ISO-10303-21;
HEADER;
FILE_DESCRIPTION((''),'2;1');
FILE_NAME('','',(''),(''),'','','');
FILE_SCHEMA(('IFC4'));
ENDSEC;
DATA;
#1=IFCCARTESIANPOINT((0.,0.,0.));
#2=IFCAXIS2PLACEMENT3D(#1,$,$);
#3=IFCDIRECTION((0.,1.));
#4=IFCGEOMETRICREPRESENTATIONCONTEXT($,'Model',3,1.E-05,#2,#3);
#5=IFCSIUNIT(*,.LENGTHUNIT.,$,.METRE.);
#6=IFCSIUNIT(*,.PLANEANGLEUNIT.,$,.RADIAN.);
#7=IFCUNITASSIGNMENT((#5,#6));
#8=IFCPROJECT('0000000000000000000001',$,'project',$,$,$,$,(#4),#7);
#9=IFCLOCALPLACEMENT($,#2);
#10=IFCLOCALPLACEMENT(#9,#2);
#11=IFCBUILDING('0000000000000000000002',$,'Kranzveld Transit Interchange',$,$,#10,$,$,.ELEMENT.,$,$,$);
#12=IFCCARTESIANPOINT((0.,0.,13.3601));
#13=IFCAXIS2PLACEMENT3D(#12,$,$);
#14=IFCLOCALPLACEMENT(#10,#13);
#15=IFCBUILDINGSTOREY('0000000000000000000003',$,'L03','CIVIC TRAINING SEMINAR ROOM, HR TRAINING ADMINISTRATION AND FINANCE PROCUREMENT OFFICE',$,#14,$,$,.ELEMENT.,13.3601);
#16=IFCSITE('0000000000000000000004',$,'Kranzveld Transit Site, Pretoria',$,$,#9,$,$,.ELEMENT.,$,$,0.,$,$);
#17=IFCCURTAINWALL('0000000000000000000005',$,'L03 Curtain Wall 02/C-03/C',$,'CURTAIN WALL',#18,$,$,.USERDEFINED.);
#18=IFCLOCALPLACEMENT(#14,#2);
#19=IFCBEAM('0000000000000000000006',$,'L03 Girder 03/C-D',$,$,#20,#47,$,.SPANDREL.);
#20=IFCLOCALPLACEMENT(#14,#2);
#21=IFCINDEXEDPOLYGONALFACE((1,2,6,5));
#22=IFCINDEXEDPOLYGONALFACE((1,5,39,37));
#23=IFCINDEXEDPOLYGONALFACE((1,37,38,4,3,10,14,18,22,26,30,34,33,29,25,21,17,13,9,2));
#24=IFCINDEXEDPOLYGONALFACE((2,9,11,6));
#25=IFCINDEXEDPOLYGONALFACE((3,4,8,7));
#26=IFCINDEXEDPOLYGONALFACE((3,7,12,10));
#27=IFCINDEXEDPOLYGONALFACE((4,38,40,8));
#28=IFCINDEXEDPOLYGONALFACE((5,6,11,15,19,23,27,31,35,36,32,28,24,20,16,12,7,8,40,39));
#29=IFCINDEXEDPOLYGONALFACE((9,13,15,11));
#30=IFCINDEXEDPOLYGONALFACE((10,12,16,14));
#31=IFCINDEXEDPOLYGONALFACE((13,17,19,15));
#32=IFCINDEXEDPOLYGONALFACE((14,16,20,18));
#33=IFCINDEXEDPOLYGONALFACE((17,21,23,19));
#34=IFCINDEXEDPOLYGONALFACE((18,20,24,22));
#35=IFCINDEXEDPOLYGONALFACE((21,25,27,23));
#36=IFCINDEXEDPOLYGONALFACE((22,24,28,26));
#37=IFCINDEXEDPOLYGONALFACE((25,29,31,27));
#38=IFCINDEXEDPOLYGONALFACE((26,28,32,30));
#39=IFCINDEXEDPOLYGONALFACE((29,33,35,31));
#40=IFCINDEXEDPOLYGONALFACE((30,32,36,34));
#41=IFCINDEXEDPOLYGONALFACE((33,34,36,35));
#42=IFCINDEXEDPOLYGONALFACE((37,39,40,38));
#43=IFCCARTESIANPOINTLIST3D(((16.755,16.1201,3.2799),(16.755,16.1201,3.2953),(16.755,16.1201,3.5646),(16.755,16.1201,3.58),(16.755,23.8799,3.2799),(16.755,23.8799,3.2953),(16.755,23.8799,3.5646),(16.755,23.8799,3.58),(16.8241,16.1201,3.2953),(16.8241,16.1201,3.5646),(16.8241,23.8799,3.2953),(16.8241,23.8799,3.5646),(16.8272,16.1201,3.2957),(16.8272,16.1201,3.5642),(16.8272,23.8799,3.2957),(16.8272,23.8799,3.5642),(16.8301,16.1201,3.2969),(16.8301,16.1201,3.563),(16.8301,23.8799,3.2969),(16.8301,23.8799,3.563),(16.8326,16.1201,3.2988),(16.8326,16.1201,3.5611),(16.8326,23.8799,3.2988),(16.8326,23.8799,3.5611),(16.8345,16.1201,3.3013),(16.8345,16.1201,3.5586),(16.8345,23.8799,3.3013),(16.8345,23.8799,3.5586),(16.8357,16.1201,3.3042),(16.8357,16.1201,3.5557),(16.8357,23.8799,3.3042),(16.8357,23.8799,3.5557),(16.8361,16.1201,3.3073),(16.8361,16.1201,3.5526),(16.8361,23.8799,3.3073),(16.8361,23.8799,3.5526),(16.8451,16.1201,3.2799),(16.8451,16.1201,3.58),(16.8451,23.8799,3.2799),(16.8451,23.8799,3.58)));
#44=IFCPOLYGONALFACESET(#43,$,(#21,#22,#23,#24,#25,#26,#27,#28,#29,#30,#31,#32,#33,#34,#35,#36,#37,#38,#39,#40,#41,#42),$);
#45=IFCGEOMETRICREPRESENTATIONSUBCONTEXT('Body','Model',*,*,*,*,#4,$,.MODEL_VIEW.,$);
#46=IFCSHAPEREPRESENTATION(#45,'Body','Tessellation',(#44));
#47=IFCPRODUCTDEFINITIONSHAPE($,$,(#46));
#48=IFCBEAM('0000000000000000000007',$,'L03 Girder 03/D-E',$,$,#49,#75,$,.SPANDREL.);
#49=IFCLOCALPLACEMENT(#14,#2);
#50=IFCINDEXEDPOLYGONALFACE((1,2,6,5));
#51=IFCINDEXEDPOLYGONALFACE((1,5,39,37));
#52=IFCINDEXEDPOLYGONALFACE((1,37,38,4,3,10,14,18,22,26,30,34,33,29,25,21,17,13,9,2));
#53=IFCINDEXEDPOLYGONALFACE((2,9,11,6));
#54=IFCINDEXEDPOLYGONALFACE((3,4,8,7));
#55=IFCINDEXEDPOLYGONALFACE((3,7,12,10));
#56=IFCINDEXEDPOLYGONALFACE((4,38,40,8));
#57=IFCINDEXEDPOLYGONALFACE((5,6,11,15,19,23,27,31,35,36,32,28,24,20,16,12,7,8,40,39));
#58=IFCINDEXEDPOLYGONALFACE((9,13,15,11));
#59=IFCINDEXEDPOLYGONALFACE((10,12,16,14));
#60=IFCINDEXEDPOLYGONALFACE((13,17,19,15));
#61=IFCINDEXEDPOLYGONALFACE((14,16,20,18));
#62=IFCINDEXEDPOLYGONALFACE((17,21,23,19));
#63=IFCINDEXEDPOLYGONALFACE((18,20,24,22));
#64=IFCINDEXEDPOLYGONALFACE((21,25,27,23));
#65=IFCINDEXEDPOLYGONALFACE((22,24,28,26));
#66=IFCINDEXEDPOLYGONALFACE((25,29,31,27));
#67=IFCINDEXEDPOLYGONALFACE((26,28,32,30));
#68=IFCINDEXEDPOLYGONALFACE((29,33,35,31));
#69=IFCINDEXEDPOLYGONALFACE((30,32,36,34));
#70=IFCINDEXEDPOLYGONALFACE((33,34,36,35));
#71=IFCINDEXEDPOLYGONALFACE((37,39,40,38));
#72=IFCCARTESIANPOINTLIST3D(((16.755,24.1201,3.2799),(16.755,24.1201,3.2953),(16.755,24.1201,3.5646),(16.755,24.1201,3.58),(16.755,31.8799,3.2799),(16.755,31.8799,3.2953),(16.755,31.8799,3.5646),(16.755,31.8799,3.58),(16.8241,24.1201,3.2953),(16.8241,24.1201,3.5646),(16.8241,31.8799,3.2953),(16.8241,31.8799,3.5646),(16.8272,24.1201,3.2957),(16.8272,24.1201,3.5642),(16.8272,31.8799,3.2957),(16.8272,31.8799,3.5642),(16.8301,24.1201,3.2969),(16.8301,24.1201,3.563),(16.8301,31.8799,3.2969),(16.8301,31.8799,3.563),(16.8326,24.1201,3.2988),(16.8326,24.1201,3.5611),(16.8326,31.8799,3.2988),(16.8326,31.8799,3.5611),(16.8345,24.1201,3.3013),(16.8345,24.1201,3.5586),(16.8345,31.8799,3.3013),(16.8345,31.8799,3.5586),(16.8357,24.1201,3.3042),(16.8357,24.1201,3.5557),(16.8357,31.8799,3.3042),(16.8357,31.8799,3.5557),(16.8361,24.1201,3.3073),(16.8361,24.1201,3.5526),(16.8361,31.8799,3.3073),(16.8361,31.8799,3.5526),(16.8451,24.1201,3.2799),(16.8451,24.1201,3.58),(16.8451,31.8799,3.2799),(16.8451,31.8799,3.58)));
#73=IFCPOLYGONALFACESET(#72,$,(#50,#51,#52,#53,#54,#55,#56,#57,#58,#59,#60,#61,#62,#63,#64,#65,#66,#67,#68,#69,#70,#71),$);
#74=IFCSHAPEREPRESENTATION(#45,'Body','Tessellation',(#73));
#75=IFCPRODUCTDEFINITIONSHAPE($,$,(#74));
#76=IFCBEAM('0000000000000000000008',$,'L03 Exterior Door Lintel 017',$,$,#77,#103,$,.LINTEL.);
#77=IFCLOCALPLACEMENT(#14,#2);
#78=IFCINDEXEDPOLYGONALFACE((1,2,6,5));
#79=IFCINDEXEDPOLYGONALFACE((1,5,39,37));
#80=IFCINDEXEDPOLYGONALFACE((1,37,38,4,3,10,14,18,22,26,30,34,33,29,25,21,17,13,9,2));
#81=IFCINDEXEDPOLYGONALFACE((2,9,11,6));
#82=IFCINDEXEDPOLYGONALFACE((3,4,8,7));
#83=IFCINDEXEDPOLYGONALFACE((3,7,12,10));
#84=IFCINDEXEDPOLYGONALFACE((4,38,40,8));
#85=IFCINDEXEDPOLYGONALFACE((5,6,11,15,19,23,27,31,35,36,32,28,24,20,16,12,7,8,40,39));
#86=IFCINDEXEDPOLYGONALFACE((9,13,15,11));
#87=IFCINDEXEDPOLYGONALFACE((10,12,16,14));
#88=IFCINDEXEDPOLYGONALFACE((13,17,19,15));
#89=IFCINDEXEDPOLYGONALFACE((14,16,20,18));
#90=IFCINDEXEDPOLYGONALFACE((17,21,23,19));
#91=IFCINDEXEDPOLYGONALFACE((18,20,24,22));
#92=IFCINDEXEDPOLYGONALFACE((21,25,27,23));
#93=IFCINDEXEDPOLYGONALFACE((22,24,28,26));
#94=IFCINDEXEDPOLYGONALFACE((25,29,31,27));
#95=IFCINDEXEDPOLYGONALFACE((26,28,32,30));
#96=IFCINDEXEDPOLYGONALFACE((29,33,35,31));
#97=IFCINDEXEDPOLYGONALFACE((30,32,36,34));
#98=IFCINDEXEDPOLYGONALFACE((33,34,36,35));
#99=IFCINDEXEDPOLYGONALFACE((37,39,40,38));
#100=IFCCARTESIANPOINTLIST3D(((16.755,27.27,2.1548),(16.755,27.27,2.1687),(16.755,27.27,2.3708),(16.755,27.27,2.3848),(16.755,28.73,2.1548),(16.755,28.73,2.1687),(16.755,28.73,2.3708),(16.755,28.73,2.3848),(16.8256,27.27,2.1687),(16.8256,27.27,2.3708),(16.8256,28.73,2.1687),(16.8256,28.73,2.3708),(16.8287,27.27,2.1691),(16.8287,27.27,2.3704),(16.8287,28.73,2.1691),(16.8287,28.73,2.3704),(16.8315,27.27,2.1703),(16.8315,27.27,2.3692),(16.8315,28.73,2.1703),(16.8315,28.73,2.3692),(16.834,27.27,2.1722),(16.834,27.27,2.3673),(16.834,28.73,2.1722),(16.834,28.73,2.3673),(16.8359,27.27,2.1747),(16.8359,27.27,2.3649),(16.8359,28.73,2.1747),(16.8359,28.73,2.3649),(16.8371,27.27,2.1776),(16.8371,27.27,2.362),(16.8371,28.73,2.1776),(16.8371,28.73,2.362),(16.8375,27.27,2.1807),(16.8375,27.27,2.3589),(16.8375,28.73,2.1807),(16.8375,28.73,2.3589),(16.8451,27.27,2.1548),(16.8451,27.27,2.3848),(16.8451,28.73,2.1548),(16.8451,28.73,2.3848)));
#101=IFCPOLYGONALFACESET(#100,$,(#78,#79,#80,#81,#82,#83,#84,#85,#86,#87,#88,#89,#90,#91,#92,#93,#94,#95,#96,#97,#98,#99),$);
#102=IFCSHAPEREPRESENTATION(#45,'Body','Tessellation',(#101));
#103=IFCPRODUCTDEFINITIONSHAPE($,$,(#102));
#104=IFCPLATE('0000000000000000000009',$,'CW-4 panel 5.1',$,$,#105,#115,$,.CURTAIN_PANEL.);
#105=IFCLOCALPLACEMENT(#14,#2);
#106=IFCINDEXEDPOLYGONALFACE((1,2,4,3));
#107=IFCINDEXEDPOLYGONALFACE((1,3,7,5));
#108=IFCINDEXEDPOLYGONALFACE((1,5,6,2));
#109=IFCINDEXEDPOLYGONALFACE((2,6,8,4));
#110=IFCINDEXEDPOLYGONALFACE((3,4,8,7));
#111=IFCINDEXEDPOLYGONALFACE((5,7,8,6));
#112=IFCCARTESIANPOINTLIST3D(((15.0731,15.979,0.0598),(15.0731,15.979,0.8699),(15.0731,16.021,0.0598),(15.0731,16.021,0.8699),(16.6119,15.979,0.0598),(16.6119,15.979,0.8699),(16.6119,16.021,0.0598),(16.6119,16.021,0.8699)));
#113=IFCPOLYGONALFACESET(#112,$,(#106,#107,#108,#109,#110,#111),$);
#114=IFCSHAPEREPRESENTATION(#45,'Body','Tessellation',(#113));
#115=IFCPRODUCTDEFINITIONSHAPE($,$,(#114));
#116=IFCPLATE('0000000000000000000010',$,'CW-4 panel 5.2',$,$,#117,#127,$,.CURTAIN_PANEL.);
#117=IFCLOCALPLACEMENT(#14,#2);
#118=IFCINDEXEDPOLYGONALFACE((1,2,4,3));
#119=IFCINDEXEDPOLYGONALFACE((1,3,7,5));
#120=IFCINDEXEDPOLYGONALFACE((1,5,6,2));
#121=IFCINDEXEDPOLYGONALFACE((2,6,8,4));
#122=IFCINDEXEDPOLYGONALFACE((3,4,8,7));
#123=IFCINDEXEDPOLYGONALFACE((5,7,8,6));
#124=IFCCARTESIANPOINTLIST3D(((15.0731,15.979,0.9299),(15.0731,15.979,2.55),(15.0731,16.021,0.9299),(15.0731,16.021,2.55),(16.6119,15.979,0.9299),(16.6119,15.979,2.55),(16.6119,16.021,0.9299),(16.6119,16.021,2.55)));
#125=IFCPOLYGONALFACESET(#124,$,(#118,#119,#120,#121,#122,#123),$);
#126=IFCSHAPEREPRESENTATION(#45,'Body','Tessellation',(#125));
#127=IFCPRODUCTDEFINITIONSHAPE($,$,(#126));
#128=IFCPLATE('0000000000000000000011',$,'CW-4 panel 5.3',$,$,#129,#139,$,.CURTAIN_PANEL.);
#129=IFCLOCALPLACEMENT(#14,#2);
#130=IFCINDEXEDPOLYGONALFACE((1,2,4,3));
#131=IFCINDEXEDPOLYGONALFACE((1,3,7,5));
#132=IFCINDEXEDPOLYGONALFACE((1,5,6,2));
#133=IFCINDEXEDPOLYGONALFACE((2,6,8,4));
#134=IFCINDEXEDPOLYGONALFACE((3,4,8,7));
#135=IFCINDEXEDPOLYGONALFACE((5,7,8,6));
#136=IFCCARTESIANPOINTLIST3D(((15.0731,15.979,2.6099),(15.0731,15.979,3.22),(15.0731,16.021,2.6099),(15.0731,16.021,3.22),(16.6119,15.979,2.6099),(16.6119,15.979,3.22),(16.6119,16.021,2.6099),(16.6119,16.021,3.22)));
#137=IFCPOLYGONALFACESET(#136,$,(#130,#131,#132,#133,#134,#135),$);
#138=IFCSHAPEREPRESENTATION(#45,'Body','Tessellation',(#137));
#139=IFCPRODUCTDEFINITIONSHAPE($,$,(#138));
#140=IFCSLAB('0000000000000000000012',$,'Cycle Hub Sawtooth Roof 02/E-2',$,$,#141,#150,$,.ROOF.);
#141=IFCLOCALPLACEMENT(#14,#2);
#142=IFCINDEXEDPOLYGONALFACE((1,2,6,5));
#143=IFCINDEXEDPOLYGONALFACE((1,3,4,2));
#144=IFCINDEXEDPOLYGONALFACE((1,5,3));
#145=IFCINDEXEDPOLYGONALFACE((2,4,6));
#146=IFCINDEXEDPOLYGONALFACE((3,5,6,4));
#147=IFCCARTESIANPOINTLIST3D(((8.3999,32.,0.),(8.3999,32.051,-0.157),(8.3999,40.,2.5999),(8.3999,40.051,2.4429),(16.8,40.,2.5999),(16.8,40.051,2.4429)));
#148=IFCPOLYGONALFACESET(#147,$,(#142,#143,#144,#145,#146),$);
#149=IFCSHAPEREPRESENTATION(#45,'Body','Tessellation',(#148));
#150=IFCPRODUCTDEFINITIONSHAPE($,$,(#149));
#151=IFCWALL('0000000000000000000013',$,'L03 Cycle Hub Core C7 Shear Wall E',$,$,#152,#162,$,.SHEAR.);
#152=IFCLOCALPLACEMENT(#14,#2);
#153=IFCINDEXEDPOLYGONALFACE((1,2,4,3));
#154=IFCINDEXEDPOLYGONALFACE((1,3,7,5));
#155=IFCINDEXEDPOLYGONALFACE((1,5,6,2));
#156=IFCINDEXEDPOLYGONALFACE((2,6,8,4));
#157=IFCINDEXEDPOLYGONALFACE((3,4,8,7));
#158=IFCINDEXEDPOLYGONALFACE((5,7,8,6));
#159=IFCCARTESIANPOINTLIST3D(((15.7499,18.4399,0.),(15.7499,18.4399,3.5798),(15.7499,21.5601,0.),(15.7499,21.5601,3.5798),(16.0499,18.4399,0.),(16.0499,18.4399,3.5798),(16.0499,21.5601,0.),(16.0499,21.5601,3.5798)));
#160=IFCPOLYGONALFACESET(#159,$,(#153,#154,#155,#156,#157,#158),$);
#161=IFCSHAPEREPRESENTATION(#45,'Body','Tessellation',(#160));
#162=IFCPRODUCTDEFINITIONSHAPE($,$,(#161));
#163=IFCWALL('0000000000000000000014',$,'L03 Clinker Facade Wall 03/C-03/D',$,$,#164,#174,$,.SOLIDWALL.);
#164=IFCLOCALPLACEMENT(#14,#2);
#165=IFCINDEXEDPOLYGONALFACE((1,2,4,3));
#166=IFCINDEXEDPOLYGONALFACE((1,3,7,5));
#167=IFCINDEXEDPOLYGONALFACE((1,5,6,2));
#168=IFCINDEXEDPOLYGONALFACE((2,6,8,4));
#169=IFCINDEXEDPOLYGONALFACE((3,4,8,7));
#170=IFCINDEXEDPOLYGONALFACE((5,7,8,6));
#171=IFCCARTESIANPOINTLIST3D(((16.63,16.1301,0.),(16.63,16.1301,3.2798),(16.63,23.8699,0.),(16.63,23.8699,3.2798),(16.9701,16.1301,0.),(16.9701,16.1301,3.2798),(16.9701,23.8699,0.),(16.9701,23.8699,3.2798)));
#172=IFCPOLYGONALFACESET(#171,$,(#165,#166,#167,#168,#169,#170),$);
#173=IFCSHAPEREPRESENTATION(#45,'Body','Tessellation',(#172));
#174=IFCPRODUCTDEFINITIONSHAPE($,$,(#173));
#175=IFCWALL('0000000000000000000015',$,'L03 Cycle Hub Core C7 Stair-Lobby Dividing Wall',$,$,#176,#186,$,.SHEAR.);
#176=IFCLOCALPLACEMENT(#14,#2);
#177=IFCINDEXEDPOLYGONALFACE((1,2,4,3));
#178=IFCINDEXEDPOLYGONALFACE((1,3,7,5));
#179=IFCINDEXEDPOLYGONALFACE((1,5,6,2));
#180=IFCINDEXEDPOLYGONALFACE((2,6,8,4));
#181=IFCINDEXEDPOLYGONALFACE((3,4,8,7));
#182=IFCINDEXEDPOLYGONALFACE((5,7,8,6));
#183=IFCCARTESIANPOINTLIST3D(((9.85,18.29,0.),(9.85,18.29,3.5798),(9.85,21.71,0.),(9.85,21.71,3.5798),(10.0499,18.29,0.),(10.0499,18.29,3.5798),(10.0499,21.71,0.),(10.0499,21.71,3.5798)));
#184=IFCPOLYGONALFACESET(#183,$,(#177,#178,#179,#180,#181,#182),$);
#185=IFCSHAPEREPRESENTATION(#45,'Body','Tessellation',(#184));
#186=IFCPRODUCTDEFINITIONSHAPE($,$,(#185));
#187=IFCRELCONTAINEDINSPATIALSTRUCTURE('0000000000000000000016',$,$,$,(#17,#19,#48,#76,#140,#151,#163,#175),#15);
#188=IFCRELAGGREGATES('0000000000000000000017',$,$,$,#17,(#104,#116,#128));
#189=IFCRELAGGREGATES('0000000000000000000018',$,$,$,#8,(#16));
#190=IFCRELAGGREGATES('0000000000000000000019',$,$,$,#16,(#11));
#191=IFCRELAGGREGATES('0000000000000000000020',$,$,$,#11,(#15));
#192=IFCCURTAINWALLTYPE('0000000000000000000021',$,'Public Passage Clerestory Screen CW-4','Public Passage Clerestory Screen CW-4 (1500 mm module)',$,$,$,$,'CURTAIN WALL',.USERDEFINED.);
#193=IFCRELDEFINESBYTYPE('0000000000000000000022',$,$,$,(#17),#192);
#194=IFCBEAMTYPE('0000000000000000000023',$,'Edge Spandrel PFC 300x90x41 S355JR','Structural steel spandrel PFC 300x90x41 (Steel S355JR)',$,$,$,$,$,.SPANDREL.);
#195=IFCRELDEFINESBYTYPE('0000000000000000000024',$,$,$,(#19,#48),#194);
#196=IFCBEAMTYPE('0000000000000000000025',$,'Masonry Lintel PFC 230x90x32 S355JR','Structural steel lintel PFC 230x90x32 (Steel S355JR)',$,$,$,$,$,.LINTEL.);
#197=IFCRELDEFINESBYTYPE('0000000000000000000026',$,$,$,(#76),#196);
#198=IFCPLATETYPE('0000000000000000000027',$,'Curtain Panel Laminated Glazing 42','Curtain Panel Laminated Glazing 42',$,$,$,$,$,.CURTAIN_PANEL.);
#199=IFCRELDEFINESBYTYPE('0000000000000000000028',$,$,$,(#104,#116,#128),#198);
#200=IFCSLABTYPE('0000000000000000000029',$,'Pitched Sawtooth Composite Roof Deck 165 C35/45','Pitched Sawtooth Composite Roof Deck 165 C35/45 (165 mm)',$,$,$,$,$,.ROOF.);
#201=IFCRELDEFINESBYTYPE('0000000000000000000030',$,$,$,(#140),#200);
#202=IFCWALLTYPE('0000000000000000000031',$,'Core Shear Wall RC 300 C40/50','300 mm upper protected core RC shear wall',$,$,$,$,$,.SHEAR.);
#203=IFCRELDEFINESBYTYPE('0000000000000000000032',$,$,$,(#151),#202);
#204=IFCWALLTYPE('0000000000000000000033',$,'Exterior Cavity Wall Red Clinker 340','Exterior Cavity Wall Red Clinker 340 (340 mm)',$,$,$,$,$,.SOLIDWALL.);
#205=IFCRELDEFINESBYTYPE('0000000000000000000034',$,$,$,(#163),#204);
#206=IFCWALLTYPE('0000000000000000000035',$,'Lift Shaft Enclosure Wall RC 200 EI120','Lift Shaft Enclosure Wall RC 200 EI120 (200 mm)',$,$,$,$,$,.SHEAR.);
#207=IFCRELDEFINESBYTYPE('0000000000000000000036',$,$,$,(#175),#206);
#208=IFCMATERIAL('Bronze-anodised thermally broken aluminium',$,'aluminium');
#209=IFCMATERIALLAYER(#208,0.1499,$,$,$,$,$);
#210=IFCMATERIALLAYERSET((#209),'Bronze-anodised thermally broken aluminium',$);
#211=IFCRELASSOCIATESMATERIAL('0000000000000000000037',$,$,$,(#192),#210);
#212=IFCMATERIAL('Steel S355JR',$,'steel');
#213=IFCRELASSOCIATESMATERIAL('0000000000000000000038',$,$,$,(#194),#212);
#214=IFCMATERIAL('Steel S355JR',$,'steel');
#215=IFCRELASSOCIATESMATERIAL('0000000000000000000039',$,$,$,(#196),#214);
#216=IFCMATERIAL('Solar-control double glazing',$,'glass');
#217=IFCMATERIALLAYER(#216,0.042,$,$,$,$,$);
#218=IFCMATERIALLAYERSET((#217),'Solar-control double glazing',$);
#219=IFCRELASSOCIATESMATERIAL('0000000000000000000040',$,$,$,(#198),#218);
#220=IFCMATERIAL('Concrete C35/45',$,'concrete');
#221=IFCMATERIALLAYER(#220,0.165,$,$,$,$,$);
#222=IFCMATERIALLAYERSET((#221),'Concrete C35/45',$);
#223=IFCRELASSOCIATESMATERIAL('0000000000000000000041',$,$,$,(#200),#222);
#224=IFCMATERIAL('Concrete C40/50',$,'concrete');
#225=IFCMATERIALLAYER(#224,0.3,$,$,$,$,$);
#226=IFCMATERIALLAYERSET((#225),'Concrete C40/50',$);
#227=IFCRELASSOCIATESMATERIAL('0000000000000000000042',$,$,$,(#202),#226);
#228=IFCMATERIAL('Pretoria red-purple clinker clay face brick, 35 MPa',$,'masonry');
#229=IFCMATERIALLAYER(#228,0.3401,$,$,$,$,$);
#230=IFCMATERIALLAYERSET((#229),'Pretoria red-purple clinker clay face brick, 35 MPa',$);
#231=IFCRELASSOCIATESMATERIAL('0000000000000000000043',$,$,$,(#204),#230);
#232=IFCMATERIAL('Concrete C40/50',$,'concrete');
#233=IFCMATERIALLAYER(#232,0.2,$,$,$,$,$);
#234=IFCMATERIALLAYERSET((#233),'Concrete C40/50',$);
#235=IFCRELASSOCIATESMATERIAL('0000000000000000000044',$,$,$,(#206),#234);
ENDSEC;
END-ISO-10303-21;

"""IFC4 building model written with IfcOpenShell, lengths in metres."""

from ifc_helpers import new_model, si_unit, direction, frame, frame_2d, origin, origin_2d, place, context, subcontext, project, spatial, polyline, rectangle, u_section, outline, extrude, material, layer, layer_set, material_profile, profile_set, type_object, element, aggregate, save


model = new_model("IFC4")

# Units and contexts
model_context = context("Model", 3, precision=1e-05, world=origin(), true_north=direction((0.0, 1.0)))
body_context = subcontext(model_context, "Body", "Model", "MODEL_VIEW")
ifc_project = project(units=[si_unit("LENGTHUNIT", "METRE"), si_unit("PLANEANGLEUNIT", "RADIAN")], contexts=[model_context])

# Site, building, storey
site_placement = place(None, origin())
site = spatial("IfcSite", under=ifc_project, at=site_placement, Name="Kranzveld Transit Site, Pretoria", CompositionType="ELEMENT", RefElevation=0.0)
building_placement = place(site_placement, origin())
building = spatial("IfcBuilding", under=site, at=building_placement, Name="Kranzveld Transit Interchange", CompositionType="ELEMENT")
storey_placement = place(building_placement, frame((0.0, 0.0, 13.3601)))
storey = spatial("IfcBuildingStorey", under=building, at=storey_placement, Name="L03", Description="CIVIC TRAINING SEMINAR ROOM, HR TRAINING ADMINISTRATION AND FINANCE PROCUREMENT OFFICE", CompositionType="ELEMENT", Elevation=13.3601)

# Curtain wall
ifc_material_1 = material(Name="Bronze-anodised thermally broken aluminium", Category="aluminium")
ifc_layer_1 = layer(ifc_material_1, 0.1499)
ifc_layer_set_1 = layer_set([ifc_layer_1], Name="Bronze-anodised thermally broken aluminium")
curtain_wall_type_1 = type_object("IfcCurtainWallType", Name="Public Passage Clerestory Screen CW-4", Description="Public Passage Clerestory Screen CW-4 (1500 mm module)", ElementType="CURTAIN WALL", PredefinedType="USERDEFINED", material=ifc_layer_set_1)
curtain_wall_1_placement = place(storey_placement, origin())
curtain_wall_1 = element("IfcCurtainWall", 1, at=curtain_wall_1_placement, inside=storey, type_object=curtain_wall_type_1, Name="L03 Curtain Wall 02/C-03/C", ObjectType="CURTAIN WALL", PredefinedType="USERDEFINED")

# Beams
ifc_material_2 = material(Name="Steel S355JR", Category="steel")
ifc_material_profile_1 = material_profile(ifc_material_2, u_section(Depth=0.3, FlangeWidth=0.0901, WebThickness=0.009, FlangeThickness=0.0154, FilletRadius=0.012, at=origin_2d()), Name="PFC 300x90x41")
ifc_profile_set_1 = profile_set([ifc_material_profile_1], Name="Steel S355JR")
beam_type_1 = type_object("IfcBeamType", Name="Edge Spandrel PFC 300x90x41 S355JR", Description="Structural steel spandrel PFC 300x90x41 (Steel S355JR)", PredefinedType="SPANDREL", material=ifc_profile_set_1)
for number, where, z_axis, x_axis, name in (
    (2, (16.8, 16.1201, 3.4299), (0.0, 1.0, 0.0), (-1.0, 0.0, 0.0), "L03 Girder 03/C-D"),
    (3, (16.8, 24.1201, 3.4299), (0.0, 1.0, 0.0), (-1.0, 0.0, 0.0), "L03 Girder 03/D-E"),
):
    element("IfcBeam", number, at=place(storey_placement, frame(where, z_axis=z_axis, x_axis=x_axis)), inside=storey, type_object=beam_type_1, Name=name, PredefinedType="SPANDREL", context=body_context, shape_type="SweptSolid", body=[
        extrude(u_section(Depth=0.3, FlangeWidth=0.0901, WebThickness=0.009, FlangeThickness=0.0154, FilletRadius=0.012, at=origin_2d()), origin(), (0.0, 0.0, 1.0), 7.7598),
    ])
ifc_material_3 = material(Name="Steel S355JR", Category="steel")
ifc_material_profile_2 = material_profile(ifc_material_3, u_section(Depth=0.23, FlangeWidth=0.0901, WebThickness=0.0076, FlangeThickness=0.0139, FilletRadius=0.012, at=origin_2d()), Name="PFC 230x90x32")
ifc_profile_set_2 = profile_set([ifc_material_profile_2], Name="Steel S355JR")
beam_type_2 = type_object("IfcBeamType", Name="Masonry Lintel PFC 230x90x32 S355JR", Description="Structural steel lintel PFC 230x90x32 (Steel S355JR)", PredefinedType="LINTEL", material=ifc_profile_set_2)
beam_1_placement = place(storey_placement, frame((16.8, 27.27, 2.2698), z_axis=(0.0, 1.0, 0.0), x_axis=(-1.0, 0.0, 0.0)))
element("IfcBeam", 4, at=beam_1_placement, inside=storey, type_object=beam_type_2, Name="L03 Exterior Door Lintel 017", PredefinedType="LINTEL", context=body_context, shape_type="SweptSolid", body=[
    extrude(u_section(Depth=0.23, FlangeWidth=0.0901, WebThickness=0.0076, FlangeThickness=0.0139, FilletRadius=0.012, at=origin_2d()), origin(), (0.0, 0.0, 1.0), 1.46),
])

# Plates
ifc_material_4 = material(Name="Solar-control double glazing", Category="glass")
ifc_layer_2 = layer(ifc_material_4, 0.042)
ifc_layer_set_2 = layer_set([ifc_layer_2], Name="Solar-control double glazing")
plate_type = type_object("IfcPlateType", Name="Curtain Panel Laminated Glazing 42", Description="Curtain Panel Laminated Glazing 42", PredefinedType="CURTAIN_PANEL", material=ifc_layer_set_2)
plate_1_placement = place(storey_placement, frame((15.8425, 16.0, 0.0598), z_axis=(0.0, 0.0, 1.0), x_axis=(1.0, 0.0, 0.0)))
plate_1 = element("IfcPlate", 5, at=plate_1_placement, type_object=plate_type, Name="CW-4 panel 5.1", PredefinedType="CURTAIN_PANEL", context=body_context, shape_type="SweptSolid", body=[
    extrude(rectangle(XDim=1.5388, YDim=0.042, at=origin_2d()), origin(), (0.0, 0.0, 1.0), 0.8101),
])
plate_2_placement = place(storey_placement, frame((15.8425, 16.0, 0.9299), z_axis=(0.0, 0.0, 1.0), x_axis=(1.0, 0.0, 0.0)))
plate_2 = element("IfcPlate", 6, at=plate_2_placement, type_object=plate_type, Name="CW-4 panel 5.2", PredefinedType="CURTAIN_PANEL", context=body_context, shape_type="SweptSolid", body=[
    extrude(rectangle(XDim=1.5388, YDim=0.042, at=origin_2d()), origin(), (0.0, 0.0, 1.0), 1.6201),
])
plate_3_placement = place(storey_placement, frame((15.8425, 16.0, 2.6099), z_axis=(0.0, 0.0, 1.0), x_axis=(1.0, 0.0, 0.0)))
plate_3 = element("IfcPlate", 7, at=plate_3_placement, type_object=plate_type, Name="CW-4 panel 5.3", PredefinedType="CURTAIN_PANEL", context=body_context, shape_type="SweptSolid", body=[
    extrude(rectangle(XDim=1.5388, YDim=0.042, at=origin_2d()), origin(), (0.0, 0.0, 1.0), 0.6101),
])
aggregate(curtain_wall_1, [plate_1, plate_2, plate_3])

# Slab
ifc_material_5 = material(Name="Concrete C35/45", Category="concrete")
ifc_layer_3 = layer(ifc_material_5, 0.165)
ifc_layer_set_3 = layer_set([ifc_layer_3], Name="Concrete C35/45")
slab_type = type_object("IfcSlabType", Name="Pitched Sawtooth Composite Roof Deck 165 C35/45", Description="Pitched Sawtooth Composite Roof Deck 165 C35/45 (165 mm)", PredefinedType="ROOF", material=ifc_layer_set_3)
slab_placement = place(storey_placement, frame((8.3999, 32.0, 0.0), z_axis=(0.0, -0.30907, 0.951039), x_axis=(0.706614, 0.672954, 0.218698)))
element("IfcSlab", 8, at=slab_placement, inside=storey, type_object=slab_type, Name="Cycle Hub Sawtooth Roof 02/E-2", PredefinedType="ROOF", context=body_context, shape_type="SweptSolid", body=[
    extrude(outline(polyline([(0.0, 0.0), (11.8879, 0.0), (5.9522, 5.9439), (0.0, 0.0)])), origin(), (0.0, 0.0, -1.0), 0.165),
])

# Walls
ifc_material_6 = material(Name="Concrete C40/50", Category="concrete")
ifc_layer_4 = layer(ifc_material_6, 0.3)
ifc_layer_set_4 = layer_set([ifc_layer_4], Name="Concrete C40/50")
wall_type_1 = type_object("IfcWallType", Name="Core Shear Wall RC 300 C40/50", Description="300 mm upper protected core RC shear wall", PredefinedType="SHEAR", material=ifc_layer_set_4)
wall_1_placement = place(storey_placement, frame((15.8999, 18.4399, 0.0), z_axis=(0.0, 0.0, 1.0), x_axis=(0.0, 1.0, 0.0)))
element("IfcWall", 9, at=wall_1_placement, inside=storey, type_object=wall_type_1, Name="L03 Cycle Hub Core C7 Shear Wall E", PredefinedType="SHEAR", context=body_context, shape_type="SweptSolid", body=[
    extrude(rectangle(XDim=3.1201, YDim=0.3, at=frame_2d((1.5601, 0.0))), origin(), (0.0, 0.0, 1.0), 3.5798),
])
ifc_material_7 = material(Name="Pretoria red-purple clinker clay face brick, 35 MPa", Category="masonry")
ifc_layer_5 = layer(ifc_material_7, 0.3401)
ifc_layer_set_5 = layer_set([ifc_layer_5], Name="Pretoria red-purple clinker clay face brick, 35 MPa")
wall_type_2 = type_object("IfcWallType", Name="Exterior Cavity Wall Red Clinker 340", Description="Exterior Cavity Wall Red Clinker 340 (340 mm)", PredefinedType="SOLIDWALL", material=ifc_layer_set_5)
wall_2_placement = place(storey_placement, frame((16.8, 16.1301, 0.0), z_axis=(0.0, 0.0, 1.0), x_axis=(0.0, 1.0, 0.0)))
element("IfcWall", 10, at=wall_2_placement, inside=storey, type_object=wall_type_2, Name="L03 Clinker Facade Wall 03/C-03/D", PredefinedType="SOLIDWALL", context=body_context, shape_type="SweptSolid", body=[
    extrude(rectangle(XDim=7.7397, YDim=0.3401, at=frame_2d((3.8699, 0.0))), origin(), (0.0, 0.0, 1.0), 3.2798),
])

# Wall
ifc_material_8 = material(Name="Concrete C40/50", Category="concrete")
ifc_layer_6 = layer(ifc_material_8, 0.2)
ifc_layer_set_6 = layer_set([ifc_layer_6], Name="Concrete C40/50")
wall_type_3 = type_object("IfcWallType", Name="Lift Shaft Enclosure Wall RC 200 EI120", Description="Lift Shaft Enclosure Wall RC 200 EI120 (200 mm)", PredefinedType="SHEAR", material=ifc_layer_set_6)
wall_3_placement = place(storey_placement, frame((9.95, 18.29, 0.0), z_axis=(0.0, 0.0, 1.0), x_axis=(0.0, 1.0, 0.0)))
element("IfcWall", 11, at=wall_3_placement, inside=storey, type_object=wall_type_3, Name="L03 Cycle Hub Core C7 Stair-Lobby Dividing Wall", PredefinedType="SHEAR", context=body_context, shape_type="SweptSolid", body=[
    extrude(rectangle(XDim=3.4199, YDim=0.2, at=frame_2d((1.71, 0.0))), origin(), (0.0, 0.0, 1.0), 3.5798),
])

save(model, "model.ifc")
